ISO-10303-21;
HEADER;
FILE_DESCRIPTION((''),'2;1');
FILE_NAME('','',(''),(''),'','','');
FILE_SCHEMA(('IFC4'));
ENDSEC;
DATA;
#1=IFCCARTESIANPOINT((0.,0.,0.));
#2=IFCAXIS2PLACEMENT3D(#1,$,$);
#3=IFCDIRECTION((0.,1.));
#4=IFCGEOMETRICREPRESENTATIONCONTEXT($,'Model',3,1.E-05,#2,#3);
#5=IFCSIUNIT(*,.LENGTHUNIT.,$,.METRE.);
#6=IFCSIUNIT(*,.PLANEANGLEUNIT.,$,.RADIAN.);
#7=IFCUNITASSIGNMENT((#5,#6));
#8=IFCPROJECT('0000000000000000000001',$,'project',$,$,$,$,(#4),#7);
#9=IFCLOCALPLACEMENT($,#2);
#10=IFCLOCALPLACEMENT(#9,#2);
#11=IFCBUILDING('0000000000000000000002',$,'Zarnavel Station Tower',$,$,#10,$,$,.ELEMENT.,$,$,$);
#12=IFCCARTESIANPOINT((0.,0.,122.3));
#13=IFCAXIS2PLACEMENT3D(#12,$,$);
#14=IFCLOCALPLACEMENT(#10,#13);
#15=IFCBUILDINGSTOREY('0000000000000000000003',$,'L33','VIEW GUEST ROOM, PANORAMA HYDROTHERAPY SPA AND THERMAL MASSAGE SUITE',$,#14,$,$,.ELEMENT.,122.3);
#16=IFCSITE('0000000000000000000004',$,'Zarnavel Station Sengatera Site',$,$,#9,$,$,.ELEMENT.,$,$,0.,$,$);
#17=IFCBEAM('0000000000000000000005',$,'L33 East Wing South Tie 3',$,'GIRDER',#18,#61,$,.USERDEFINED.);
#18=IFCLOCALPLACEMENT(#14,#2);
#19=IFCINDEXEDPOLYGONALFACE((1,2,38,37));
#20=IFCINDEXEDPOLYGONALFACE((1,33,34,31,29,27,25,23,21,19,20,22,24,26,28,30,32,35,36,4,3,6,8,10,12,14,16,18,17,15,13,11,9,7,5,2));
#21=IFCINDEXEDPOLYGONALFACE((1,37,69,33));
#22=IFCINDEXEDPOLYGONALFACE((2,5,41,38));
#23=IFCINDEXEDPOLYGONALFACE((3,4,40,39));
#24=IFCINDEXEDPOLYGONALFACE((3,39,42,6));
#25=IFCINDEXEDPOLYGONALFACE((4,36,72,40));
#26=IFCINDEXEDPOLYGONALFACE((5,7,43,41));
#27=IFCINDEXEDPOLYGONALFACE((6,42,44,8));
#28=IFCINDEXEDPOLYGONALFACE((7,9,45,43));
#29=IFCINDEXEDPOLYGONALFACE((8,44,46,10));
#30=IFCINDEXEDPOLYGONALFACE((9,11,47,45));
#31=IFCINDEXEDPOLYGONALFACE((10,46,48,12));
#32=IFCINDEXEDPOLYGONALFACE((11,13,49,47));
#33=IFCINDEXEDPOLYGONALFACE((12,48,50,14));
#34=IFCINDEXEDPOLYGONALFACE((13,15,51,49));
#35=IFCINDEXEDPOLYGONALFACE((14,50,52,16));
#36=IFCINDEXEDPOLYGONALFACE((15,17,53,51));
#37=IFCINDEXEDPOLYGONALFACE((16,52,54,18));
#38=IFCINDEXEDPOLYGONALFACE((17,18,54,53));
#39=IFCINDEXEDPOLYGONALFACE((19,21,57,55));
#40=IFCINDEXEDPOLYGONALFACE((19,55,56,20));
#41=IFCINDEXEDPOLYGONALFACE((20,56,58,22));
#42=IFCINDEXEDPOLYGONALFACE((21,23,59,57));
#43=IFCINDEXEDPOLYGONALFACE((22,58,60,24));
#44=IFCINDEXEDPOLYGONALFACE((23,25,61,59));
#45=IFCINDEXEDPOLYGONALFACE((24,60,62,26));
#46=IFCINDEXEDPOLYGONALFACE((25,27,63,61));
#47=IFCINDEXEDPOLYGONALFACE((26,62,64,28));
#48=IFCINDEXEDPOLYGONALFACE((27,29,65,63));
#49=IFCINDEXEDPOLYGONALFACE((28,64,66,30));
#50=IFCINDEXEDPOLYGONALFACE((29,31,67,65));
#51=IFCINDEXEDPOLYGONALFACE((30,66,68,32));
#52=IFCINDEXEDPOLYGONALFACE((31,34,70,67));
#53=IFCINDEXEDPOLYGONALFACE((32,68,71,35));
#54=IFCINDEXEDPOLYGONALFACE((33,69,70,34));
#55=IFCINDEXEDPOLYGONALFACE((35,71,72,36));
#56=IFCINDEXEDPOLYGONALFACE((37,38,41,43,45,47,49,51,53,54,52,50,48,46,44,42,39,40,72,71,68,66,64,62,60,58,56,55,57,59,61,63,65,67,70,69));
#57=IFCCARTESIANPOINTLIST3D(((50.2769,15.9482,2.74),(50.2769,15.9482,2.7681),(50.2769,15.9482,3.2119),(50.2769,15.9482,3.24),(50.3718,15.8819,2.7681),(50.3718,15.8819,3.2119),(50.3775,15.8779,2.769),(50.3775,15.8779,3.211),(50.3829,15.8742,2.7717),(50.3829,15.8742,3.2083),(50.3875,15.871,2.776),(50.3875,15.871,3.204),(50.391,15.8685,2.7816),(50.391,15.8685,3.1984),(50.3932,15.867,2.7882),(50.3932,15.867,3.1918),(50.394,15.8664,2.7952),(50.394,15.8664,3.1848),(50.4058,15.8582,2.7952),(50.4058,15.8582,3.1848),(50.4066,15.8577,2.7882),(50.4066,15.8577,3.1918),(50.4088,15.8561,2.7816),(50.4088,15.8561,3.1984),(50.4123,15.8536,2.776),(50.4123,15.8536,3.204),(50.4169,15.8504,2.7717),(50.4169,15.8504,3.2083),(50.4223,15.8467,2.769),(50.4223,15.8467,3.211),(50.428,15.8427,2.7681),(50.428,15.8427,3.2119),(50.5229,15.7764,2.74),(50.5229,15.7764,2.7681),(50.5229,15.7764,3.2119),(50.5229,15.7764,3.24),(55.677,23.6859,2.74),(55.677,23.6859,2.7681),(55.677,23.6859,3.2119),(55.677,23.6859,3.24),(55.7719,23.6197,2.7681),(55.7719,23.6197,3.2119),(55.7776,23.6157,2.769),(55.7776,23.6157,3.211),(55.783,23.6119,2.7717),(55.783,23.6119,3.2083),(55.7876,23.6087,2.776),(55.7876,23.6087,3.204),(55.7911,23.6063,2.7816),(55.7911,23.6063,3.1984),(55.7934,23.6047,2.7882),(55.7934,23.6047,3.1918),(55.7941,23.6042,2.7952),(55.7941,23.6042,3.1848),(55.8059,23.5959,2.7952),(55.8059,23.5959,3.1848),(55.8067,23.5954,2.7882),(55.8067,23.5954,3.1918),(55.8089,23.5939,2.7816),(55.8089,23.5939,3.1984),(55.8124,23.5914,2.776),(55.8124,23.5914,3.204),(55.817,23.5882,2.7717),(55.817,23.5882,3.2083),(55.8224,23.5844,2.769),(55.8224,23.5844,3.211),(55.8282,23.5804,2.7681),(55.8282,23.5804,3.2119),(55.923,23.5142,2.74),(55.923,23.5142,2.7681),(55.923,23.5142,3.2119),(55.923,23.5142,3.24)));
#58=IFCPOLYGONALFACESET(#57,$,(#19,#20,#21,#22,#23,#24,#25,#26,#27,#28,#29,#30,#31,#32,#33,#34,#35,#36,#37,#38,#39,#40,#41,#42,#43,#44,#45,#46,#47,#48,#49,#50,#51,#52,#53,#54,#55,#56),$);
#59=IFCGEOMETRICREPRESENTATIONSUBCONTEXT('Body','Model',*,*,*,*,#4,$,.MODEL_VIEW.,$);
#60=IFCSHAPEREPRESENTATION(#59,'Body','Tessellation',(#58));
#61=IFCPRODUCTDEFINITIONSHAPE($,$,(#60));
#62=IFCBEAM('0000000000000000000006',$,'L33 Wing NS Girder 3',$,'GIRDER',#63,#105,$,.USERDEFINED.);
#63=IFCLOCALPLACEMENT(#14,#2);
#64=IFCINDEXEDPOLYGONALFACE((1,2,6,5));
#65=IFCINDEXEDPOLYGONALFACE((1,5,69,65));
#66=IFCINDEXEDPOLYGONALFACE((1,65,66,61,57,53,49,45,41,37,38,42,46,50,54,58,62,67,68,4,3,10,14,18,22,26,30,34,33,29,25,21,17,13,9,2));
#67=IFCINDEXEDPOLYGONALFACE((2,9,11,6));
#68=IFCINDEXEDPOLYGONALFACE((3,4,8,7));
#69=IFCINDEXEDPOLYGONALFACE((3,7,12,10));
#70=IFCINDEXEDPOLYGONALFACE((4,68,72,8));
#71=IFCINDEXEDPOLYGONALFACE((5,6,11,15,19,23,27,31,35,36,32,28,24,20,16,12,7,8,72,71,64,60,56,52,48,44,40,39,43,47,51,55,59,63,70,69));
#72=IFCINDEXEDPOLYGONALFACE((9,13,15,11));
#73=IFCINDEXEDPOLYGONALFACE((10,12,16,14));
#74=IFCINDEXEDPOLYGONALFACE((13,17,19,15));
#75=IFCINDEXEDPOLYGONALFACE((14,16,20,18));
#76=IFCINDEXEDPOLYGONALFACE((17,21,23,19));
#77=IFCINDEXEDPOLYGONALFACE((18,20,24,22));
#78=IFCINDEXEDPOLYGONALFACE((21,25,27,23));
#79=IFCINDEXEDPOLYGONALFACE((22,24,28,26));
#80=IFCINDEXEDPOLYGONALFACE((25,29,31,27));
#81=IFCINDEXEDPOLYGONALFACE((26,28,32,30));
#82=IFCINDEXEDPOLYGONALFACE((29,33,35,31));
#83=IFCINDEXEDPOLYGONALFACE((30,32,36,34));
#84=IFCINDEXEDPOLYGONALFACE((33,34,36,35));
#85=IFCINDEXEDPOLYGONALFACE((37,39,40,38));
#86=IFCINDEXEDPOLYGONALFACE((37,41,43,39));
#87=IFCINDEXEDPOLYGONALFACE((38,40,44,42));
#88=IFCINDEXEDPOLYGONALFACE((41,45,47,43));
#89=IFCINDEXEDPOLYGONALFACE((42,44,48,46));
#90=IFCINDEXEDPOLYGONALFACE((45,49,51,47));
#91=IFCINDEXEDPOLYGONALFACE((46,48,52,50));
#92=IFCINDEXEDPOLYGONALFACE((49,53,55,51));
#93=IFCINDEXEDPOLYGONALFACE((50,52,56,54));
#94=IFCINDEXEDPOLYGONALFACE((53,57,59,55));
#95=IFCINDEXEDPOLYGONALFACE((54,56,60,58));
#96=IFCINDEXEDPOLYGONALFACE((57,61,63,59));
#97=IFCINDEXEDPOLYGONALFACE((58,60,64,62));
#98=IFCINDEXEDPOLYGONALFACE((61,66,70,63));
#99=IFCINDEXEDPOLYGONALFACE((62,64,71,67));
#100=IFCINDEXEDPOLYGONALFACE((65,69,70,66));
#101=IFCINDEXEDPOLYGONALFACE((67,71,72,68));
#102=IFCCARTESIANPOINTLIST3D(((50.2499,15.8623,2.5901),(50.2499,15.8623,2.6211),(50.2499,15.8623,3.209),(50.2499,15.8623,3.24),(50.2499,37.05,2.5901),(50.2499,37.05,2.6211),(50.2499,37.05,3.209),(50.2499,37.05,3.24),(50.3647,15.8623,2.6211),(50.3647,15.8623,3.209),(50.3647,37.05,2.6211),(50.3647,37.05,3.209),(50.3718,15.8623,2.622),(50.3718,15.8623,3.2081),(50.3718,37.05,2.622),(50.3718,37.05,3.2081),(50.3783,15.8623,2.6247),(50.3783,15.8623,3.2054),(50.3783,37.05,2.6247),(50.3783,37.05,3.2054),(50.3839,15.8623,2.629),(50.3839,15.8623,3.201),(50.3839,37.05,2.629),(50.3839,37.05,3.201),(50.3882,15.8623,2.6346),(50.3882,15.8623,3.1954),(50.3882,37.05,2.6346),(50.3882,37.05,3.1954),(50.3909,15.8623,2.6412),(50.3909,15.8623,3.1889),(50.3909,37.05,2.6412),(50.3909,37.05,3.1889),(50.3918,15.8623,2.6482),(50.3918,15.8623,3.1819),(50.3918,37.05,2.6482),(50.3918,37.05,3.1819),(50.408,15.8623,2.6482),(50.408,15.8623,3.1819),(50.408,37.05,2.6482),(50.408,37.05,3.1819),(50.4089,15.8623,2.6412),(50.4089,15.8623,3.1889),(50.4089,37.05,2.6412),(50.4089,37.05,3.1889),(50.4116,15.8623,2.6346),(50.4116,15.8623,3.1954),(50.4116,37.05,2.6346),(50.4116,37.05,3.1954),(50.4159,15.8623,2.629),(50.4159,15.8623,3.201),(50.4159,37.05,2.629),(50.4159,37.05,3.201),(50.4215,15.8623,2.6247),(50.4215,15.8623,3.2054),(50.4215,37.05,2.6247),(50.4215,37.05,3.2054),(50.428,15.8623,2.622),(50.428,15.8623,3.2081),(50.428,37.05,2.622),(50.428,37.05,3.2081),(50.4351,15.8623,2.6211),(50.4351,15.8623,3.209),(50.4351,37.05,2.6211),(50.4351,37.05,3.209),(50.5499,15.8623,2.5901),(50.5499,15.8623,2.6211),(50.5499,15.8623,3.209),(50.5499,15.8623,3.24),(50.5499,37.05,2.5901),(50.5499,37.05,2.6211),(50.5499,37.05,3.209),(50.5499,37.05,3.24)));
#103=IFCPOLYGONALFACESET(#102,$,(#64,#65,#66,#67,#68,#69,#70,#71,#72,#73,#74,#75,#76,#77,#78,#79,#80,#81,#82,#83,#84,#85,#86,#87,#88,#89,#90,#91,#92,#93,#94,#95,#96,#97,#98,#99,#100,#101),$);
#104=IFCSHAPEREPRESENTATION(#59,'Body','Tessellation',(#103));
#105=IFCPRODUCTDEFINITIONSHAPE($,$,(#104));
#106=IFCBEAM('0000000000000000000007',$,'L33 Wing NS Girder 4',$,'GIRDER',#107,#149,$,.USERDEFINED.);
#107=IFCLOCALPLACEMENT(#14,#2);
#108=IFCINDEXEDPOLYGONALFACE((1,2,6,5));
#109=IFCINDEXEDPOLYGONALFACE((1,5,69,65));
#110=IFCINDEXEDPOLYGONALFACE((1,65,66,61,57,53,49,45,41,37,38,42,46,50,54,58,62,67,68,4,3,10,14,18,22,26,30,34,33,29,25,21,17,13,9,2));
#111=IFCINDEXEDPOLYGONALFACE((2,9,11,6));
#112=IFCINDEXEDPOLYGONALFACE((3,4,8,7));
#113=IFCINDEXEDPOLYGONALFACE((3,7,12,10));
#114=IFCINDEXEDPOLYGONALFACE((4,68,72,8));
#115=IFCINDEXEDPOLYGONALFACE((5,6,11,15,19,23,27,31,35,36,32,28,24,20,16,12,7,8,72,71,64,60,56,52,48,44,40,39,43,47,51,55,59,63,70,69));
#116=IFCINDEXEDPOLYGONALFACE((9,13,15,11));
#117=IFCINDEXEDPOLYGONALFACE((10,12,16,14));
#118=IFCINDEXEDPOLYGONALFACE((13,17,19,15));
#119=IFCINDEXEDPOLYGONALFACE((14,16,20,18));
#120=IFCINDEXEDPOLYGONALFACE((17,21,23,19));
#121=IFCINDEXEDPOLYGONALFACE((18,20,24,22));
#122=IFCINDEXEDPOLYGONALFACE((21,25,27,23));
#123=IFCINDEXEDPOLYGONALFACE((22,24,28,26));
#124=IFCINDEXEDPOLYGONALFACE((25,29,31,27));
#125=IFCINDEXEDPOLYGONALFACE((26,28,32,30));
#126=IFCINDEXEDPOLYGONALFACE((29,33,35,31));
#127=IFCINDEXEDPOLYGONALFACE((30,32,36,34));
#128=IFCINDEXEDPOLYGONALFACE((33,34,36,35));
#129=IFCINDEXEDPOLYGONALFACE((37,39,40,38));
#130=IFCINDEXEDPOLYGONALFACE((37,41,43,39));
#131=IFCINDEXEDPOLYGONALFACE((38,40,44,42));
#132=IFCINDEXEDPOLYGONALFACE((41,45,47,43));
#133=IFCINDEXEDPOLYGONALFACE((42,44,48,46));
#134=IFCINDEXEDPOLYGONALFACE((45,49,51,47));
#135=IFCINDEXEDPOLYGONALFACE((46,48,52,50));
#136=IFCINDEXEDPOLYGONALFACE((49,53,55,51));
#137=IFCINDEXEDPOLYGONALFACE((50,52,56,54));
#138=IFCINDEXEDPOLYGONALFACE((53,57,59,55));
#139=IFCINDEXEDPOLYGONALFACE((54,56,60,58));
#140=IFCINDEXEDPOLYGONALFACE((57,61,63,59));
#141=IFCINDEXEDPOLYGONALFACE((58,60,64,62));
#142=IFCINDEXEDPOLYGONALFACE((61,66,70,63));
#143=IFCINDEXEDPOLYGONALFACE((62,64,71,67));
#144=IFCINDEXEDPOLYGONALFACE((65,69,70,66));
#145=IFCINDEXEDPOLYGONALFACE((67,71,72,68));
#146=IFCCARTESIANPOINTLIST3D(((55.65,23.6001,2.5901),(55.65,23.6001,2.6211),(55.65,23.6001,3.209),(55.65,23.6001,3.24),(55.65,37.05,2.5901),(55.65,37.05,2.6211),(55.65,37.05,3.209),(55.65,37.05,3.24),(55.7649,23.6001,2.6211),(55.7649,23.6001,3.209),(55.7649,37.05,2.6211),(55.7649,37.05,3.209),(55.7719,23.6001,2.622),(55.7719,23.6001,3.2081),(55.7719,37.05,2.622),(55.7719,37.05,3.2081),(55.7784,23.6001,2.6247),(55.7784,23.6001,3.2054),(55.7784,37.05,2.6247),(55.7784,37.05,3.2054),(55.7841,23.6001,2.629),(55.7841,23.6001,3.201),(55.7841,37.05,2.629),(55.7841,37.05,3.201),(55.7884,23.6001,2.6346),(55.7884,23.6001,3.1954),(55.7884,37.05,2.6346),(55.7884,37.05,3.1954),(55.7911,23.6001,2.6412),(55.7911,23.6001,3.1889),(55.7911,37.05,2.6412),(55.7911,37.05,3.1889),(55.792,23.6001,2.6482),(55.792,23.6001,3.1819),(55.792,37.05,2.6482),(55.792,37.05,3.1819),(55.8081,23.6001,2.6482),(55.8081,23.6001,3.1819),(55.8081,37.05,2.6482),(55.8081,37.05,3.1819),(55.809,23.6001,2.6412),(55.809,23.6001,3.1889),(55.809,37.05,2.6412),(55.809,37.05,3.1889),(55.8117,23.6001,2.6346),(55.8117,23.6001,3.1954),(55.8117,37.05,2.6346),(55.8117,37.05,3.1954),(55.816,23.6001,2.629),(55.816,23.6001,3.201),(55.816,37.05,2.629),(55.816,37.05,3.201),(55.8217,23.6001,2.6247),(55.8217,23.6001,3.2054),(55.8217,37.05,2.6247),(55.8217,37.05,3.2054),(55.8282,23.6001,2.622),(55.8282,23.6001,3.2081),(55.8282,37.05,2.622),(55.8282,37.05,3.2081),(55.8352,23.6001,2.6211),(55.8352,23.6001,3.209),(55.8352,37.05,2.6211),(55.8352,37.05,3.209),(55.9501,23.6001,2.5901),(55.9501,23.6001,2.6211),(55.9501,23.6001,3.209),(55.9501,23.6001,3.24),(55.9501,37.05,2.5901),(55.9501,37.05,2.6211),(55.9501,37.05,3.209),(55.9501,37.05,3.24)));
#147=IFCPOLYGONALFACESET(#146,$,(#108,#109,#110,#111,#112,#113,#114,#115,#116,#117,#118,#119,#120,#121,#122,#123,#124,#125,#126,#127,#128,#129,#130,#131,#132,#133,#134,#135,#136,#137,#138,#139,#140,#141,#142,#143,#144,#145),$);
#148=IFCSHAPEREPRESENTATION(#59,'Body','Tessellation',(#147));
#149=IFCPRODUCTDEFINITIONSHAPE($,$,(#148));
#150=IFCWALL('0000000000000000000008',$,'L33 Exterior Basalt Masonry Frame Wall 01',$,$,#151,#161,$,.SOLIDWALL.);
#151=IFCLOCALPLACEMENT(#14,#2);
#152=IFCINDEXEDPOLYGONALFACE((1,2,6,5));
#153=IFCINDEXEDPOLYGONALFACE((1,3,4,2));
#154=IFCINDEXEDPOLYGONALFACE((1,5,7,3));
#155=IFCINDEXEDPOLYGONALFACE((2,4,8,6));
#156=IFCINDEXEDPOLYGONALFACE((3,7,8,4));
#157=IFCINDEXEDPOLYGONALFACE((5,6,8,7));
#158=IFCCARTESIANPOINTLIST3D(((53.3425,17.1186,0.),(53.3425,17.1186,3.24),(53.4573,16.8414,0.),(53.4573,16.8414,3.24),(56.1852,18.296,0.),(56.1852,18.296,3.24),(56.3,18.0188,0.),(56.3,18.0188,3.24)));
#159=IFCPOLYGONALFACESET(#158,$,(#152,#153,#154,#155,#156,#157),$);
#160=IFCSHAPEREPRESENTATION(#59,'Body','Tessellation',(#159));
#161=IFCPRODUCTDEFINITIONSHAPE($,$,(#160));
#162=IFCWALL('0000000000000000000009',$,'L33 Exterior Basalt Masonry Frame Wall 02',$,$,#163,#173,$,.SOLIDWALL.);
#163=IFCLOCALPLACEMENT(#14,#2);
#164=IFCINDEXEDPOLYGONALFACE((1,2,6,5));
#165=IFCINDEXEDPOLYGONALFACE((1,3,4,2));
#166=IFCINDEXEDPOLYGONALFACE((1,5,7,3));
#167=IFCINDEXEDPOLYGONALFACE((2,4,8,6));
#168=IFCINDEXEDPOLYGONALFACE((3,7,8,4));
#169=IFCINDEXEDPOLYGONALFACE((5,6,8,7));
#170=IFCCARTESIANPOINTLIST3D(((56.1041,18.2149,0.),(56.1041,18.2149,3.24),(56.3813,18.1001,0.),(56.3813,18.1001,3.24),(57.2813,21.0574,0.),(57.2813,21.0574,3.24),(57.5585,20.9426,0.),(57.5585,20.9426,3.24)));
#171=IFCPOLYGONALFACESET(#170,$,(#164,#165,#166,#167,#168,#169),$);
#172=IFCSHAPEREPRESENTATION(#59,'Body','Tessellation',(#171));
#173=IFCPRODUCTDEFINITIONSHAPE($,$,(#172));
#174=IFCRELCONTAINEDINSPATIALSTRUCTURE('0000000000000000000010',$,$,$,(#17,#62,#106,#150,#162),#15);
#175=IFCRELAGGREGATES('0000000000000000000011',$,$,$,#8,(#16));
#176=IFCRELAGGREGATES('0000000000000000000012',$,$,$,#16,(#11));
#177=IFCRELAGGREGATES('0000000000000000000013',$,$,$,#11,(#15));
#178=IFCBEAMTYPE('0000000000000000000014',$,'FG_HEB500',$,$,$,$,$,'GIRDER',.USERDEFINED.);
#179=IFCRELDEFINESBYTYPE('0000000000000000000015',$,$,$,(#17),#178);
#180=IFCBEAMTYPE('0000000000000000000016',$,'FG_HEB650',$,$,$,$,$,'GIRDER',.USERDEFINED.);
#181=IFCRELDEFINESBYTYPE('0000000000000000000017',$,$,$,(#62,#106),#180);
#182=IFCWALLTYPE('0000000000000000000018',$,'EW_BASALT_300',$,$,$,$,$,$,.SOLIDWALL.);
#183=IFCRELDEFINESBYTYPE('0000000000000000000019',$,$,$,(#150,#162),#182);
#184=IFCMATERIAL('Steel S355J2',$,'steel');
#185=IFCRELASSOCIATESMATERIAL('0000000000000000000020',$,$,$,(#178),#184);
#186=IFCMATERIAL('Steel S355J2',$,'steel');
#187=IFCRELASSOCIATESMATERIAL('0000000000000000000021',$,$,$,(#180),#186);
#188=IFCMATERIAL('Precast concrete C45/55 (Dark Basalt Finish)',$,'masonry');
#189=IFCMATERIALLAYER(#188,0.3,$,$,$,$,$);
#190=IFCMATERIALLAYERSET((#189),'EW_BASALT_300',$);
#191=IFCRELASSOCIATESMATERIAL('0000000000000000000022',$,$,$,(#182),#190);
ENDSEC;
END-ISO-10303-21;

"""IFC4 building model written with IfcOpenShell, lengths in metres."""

from ifc_helpers import new_model, si_unit, direction, frame, frame_2d, origin, origin_2d, place, context, subcontext, project, spatial, rectangle, i_section, extrude, material, layer, layer_set, material_profile, profile_set, type_object, element, save


model = new_model("IFC4")

# Units and contexts
model_context = context("Model", 3, precision=1e-05, world=origin(), true_north=direction((0.0, 1.0)))
body_context = subcontext(model_context, "Body", "Model", "MODEL_VIEW")
ifc_project = project(units=[si_unit("LENGTHUNIT", "METRE"), si_unit("PLANEANGLEUNIT", "RADIAN")], contexts=[model_context])

# Site, building, storey
site_placement = place(None, origin())
site = spatial("IfcSite", under=ifc_project, at=site_placement, Name="Zarnavel Station Sengatera Site", CompositionType="ELEMENT", RefElevation=0.0)
building_placement = place(site_placement, origin())
building = spatial("IfcBuilding", under=site, at=building_placement, Name="Zarnavel Station Tower", CompositionType="ELEMENT")
storey_placement = place(building_placement, frame((0.0, 0.0, 122.3)))
storey = spatial("IfcBuildingStorey", under=building, at=storey_placement, Name="L33", Description="VIEW GUEST ROOM, PANORAMA HYDROTHERAPY SPA AND THERMAL MASSAGE SUITE", CompositionType="ELEMENT", Elevation=122.3)

# Beams
ifc_material_1 = material(Name="Steel S355J2", Category="steel")
ifc_material_profile_1 = material_profile(ifc_material_1, i_section(OverallWidth=0.3, OverallDepth=0.5, WebThickness=0.0144, FlangeThickness=0.0281, FilletRadius=0.0271, at=origin_2d()), Name="HEB500")
ifc_profile_set_1 = profile_set([ifc_material_profile_1], Name="Steel S355J2")
beam_type_1 = type_object("IfcBeamType", Name="FG_HEB500", ElementType="GIRDER", PredefinedType="USERDEFINED", material=ifc_profile_set_1)
beam_1_placement = place(storey_placement, frame((50.3999, 15.8623, 2.99), z_axis=(0.572302, 0.820043, 0.0), x_axis=(-0.820043, 0.572302, 0.0)))
element("IfcBeam", 1, at=beam_1_placement, inside=storey, type_object=beam_type_1, Name="L33 East Wing South Tie 3", ObjectType="GIRDER", PredefinedType="USERDEFINED", context=body_context, shape_type="SweptSolid", body=[
    extrude(i_section(OverallWidth=0.3, OverallDepth=0.5, WebThickness=0.0144, FlangeThickness=0.0281, FilletRadius=0.0271, at=origin_2d()), origin(), (0.0, 0.0, 1.0), 9.4358),
])
ifc_material_2 = material(Name="Steel S355J2", Category="steel")
ifc_material_profile_2 = material_profile(ifc_material_2, i_section(OverallWidth=0.3, OverallDepth=0.6499, WebThickness=0.0161, FlangeThickness=0.031, FilletRadius=0.0271, at=origin_2d()), Name="HEB650")
ifc_profile_set_2 = profile_set([ifc_material_profile_2], Name="Steel S355J2")
beam_type_2 = type_object("IfcBeamType", Name="FG_HEB650", ElementType="GIRDER", PredefinedType="USERDEFINED", material=ifc_profile_set_2)
beam_2_placement = place(storey_placement, frame((50.3999, 15.8623, 2.915), z_axis=(0.0, 1.0, 0.0), x_axis=(-1.0, 0.0, 0.0)))
element("IfcBeam", 2, at=beam_2_placement, inside=storey, type_object=beam_type_2, Name="L33 Wing NS Girder 3", ObjectType="GIRDER", PredefinedType="USERDEFINED", context=body_context, shape_type="SweptSolid", body=[
    extrude(i_section(OverallWidth=0.3, OverallDepth=0.6499, WebThickness=0.0161, FlangeThickness=0.031, FilletRadius=0.0271, at=origin_2d()), origin(), (0.0, 0.0, 1.0), 21.1877),
])
beam_3_placement = place(storey_placement, frame((55.8, 23.6001, 2.915), z_axis=(0.0, 1.0, 0.0), x_axis=(-1.0, 0.0, 0.0)))
element("IfcBeam", 3, at=beam_3_placement, inside=storey, type_object=beam_type_2, Name="L33 Wing NS Girder 4", ObjectType="GIRDER", PredefinedType="USERDEFINED", context=body_context, shape_type="SweptSolid", body=[
    extrude(i_section(OverallWidth=0.3, OverallDepth=0.6499, WebThickness=0.0161, FlangeThickness=0.031, FilletRadius=0.0271, at=origin_2d()), origin(), (0.0, 0.0, 1.0), 13.45),
])

# Walls
ifc_material_3 = material(Name="Precast concrete C45/55 (Dark Basalt Finish)", Category="masonry")
ifc_layer_1 = layer(ifc_material_3, 0.3)
ifc_layer_set_1 = layer_set([ifc_layer_1], Name="EW_BASALT_300")
wall_type_1 = type_object("IfcWallType", Name="EW_BASALT_300", PredefinedType="SOLIDWALL", material=ifc_layer_set_1)
wall_1_placement = place(storey_placement, frame((56.2427, 18.1575, 0.0), z_axis=(0.0, 0.0, 1.0), x_axis=(-0.923882, -0.382676, 0.0)))
element("IfcWall", 4, at=wall_1_placement, inside=storey, type_object=wall_type_1, Name="L33 Exterior Basalt Masonry Frame Wall 01", PredefinedType="SOLIDWALL", context=body_context, shape_type="SweptSolid", body=[
    extrude(rectangle(XDim=3.0769, YDim=0.3, at=frame_2d((1.5386, 0.0))), origin(), (0.0, 0.0, 1.0), 3.24),
])
wall_2_placement = place(storey_placement, frame((57.4199, 21.0, 0.0), z_axis=(0.0, 0.0, 1.0), x_axis=(-0.382637, -0.923899, 0.0)))
element("IfcWall", 5, at=wall_2_placement, inside=storey, type_object=wall_type_1, Name="L33 Exterior Basalt Masonry Frame Wall 02", PredefinedType="SOLIDWALL", context=body_context, shape_type="SweptSolid", body=[
    extrude(rectangle(XDim=3.0767, YDim=0.3, at=frame_2d((1.5383, 0.0))), origin(), (0.0, 0.0, 1.0), 3.24),
])

save(model, "model.ifc")
